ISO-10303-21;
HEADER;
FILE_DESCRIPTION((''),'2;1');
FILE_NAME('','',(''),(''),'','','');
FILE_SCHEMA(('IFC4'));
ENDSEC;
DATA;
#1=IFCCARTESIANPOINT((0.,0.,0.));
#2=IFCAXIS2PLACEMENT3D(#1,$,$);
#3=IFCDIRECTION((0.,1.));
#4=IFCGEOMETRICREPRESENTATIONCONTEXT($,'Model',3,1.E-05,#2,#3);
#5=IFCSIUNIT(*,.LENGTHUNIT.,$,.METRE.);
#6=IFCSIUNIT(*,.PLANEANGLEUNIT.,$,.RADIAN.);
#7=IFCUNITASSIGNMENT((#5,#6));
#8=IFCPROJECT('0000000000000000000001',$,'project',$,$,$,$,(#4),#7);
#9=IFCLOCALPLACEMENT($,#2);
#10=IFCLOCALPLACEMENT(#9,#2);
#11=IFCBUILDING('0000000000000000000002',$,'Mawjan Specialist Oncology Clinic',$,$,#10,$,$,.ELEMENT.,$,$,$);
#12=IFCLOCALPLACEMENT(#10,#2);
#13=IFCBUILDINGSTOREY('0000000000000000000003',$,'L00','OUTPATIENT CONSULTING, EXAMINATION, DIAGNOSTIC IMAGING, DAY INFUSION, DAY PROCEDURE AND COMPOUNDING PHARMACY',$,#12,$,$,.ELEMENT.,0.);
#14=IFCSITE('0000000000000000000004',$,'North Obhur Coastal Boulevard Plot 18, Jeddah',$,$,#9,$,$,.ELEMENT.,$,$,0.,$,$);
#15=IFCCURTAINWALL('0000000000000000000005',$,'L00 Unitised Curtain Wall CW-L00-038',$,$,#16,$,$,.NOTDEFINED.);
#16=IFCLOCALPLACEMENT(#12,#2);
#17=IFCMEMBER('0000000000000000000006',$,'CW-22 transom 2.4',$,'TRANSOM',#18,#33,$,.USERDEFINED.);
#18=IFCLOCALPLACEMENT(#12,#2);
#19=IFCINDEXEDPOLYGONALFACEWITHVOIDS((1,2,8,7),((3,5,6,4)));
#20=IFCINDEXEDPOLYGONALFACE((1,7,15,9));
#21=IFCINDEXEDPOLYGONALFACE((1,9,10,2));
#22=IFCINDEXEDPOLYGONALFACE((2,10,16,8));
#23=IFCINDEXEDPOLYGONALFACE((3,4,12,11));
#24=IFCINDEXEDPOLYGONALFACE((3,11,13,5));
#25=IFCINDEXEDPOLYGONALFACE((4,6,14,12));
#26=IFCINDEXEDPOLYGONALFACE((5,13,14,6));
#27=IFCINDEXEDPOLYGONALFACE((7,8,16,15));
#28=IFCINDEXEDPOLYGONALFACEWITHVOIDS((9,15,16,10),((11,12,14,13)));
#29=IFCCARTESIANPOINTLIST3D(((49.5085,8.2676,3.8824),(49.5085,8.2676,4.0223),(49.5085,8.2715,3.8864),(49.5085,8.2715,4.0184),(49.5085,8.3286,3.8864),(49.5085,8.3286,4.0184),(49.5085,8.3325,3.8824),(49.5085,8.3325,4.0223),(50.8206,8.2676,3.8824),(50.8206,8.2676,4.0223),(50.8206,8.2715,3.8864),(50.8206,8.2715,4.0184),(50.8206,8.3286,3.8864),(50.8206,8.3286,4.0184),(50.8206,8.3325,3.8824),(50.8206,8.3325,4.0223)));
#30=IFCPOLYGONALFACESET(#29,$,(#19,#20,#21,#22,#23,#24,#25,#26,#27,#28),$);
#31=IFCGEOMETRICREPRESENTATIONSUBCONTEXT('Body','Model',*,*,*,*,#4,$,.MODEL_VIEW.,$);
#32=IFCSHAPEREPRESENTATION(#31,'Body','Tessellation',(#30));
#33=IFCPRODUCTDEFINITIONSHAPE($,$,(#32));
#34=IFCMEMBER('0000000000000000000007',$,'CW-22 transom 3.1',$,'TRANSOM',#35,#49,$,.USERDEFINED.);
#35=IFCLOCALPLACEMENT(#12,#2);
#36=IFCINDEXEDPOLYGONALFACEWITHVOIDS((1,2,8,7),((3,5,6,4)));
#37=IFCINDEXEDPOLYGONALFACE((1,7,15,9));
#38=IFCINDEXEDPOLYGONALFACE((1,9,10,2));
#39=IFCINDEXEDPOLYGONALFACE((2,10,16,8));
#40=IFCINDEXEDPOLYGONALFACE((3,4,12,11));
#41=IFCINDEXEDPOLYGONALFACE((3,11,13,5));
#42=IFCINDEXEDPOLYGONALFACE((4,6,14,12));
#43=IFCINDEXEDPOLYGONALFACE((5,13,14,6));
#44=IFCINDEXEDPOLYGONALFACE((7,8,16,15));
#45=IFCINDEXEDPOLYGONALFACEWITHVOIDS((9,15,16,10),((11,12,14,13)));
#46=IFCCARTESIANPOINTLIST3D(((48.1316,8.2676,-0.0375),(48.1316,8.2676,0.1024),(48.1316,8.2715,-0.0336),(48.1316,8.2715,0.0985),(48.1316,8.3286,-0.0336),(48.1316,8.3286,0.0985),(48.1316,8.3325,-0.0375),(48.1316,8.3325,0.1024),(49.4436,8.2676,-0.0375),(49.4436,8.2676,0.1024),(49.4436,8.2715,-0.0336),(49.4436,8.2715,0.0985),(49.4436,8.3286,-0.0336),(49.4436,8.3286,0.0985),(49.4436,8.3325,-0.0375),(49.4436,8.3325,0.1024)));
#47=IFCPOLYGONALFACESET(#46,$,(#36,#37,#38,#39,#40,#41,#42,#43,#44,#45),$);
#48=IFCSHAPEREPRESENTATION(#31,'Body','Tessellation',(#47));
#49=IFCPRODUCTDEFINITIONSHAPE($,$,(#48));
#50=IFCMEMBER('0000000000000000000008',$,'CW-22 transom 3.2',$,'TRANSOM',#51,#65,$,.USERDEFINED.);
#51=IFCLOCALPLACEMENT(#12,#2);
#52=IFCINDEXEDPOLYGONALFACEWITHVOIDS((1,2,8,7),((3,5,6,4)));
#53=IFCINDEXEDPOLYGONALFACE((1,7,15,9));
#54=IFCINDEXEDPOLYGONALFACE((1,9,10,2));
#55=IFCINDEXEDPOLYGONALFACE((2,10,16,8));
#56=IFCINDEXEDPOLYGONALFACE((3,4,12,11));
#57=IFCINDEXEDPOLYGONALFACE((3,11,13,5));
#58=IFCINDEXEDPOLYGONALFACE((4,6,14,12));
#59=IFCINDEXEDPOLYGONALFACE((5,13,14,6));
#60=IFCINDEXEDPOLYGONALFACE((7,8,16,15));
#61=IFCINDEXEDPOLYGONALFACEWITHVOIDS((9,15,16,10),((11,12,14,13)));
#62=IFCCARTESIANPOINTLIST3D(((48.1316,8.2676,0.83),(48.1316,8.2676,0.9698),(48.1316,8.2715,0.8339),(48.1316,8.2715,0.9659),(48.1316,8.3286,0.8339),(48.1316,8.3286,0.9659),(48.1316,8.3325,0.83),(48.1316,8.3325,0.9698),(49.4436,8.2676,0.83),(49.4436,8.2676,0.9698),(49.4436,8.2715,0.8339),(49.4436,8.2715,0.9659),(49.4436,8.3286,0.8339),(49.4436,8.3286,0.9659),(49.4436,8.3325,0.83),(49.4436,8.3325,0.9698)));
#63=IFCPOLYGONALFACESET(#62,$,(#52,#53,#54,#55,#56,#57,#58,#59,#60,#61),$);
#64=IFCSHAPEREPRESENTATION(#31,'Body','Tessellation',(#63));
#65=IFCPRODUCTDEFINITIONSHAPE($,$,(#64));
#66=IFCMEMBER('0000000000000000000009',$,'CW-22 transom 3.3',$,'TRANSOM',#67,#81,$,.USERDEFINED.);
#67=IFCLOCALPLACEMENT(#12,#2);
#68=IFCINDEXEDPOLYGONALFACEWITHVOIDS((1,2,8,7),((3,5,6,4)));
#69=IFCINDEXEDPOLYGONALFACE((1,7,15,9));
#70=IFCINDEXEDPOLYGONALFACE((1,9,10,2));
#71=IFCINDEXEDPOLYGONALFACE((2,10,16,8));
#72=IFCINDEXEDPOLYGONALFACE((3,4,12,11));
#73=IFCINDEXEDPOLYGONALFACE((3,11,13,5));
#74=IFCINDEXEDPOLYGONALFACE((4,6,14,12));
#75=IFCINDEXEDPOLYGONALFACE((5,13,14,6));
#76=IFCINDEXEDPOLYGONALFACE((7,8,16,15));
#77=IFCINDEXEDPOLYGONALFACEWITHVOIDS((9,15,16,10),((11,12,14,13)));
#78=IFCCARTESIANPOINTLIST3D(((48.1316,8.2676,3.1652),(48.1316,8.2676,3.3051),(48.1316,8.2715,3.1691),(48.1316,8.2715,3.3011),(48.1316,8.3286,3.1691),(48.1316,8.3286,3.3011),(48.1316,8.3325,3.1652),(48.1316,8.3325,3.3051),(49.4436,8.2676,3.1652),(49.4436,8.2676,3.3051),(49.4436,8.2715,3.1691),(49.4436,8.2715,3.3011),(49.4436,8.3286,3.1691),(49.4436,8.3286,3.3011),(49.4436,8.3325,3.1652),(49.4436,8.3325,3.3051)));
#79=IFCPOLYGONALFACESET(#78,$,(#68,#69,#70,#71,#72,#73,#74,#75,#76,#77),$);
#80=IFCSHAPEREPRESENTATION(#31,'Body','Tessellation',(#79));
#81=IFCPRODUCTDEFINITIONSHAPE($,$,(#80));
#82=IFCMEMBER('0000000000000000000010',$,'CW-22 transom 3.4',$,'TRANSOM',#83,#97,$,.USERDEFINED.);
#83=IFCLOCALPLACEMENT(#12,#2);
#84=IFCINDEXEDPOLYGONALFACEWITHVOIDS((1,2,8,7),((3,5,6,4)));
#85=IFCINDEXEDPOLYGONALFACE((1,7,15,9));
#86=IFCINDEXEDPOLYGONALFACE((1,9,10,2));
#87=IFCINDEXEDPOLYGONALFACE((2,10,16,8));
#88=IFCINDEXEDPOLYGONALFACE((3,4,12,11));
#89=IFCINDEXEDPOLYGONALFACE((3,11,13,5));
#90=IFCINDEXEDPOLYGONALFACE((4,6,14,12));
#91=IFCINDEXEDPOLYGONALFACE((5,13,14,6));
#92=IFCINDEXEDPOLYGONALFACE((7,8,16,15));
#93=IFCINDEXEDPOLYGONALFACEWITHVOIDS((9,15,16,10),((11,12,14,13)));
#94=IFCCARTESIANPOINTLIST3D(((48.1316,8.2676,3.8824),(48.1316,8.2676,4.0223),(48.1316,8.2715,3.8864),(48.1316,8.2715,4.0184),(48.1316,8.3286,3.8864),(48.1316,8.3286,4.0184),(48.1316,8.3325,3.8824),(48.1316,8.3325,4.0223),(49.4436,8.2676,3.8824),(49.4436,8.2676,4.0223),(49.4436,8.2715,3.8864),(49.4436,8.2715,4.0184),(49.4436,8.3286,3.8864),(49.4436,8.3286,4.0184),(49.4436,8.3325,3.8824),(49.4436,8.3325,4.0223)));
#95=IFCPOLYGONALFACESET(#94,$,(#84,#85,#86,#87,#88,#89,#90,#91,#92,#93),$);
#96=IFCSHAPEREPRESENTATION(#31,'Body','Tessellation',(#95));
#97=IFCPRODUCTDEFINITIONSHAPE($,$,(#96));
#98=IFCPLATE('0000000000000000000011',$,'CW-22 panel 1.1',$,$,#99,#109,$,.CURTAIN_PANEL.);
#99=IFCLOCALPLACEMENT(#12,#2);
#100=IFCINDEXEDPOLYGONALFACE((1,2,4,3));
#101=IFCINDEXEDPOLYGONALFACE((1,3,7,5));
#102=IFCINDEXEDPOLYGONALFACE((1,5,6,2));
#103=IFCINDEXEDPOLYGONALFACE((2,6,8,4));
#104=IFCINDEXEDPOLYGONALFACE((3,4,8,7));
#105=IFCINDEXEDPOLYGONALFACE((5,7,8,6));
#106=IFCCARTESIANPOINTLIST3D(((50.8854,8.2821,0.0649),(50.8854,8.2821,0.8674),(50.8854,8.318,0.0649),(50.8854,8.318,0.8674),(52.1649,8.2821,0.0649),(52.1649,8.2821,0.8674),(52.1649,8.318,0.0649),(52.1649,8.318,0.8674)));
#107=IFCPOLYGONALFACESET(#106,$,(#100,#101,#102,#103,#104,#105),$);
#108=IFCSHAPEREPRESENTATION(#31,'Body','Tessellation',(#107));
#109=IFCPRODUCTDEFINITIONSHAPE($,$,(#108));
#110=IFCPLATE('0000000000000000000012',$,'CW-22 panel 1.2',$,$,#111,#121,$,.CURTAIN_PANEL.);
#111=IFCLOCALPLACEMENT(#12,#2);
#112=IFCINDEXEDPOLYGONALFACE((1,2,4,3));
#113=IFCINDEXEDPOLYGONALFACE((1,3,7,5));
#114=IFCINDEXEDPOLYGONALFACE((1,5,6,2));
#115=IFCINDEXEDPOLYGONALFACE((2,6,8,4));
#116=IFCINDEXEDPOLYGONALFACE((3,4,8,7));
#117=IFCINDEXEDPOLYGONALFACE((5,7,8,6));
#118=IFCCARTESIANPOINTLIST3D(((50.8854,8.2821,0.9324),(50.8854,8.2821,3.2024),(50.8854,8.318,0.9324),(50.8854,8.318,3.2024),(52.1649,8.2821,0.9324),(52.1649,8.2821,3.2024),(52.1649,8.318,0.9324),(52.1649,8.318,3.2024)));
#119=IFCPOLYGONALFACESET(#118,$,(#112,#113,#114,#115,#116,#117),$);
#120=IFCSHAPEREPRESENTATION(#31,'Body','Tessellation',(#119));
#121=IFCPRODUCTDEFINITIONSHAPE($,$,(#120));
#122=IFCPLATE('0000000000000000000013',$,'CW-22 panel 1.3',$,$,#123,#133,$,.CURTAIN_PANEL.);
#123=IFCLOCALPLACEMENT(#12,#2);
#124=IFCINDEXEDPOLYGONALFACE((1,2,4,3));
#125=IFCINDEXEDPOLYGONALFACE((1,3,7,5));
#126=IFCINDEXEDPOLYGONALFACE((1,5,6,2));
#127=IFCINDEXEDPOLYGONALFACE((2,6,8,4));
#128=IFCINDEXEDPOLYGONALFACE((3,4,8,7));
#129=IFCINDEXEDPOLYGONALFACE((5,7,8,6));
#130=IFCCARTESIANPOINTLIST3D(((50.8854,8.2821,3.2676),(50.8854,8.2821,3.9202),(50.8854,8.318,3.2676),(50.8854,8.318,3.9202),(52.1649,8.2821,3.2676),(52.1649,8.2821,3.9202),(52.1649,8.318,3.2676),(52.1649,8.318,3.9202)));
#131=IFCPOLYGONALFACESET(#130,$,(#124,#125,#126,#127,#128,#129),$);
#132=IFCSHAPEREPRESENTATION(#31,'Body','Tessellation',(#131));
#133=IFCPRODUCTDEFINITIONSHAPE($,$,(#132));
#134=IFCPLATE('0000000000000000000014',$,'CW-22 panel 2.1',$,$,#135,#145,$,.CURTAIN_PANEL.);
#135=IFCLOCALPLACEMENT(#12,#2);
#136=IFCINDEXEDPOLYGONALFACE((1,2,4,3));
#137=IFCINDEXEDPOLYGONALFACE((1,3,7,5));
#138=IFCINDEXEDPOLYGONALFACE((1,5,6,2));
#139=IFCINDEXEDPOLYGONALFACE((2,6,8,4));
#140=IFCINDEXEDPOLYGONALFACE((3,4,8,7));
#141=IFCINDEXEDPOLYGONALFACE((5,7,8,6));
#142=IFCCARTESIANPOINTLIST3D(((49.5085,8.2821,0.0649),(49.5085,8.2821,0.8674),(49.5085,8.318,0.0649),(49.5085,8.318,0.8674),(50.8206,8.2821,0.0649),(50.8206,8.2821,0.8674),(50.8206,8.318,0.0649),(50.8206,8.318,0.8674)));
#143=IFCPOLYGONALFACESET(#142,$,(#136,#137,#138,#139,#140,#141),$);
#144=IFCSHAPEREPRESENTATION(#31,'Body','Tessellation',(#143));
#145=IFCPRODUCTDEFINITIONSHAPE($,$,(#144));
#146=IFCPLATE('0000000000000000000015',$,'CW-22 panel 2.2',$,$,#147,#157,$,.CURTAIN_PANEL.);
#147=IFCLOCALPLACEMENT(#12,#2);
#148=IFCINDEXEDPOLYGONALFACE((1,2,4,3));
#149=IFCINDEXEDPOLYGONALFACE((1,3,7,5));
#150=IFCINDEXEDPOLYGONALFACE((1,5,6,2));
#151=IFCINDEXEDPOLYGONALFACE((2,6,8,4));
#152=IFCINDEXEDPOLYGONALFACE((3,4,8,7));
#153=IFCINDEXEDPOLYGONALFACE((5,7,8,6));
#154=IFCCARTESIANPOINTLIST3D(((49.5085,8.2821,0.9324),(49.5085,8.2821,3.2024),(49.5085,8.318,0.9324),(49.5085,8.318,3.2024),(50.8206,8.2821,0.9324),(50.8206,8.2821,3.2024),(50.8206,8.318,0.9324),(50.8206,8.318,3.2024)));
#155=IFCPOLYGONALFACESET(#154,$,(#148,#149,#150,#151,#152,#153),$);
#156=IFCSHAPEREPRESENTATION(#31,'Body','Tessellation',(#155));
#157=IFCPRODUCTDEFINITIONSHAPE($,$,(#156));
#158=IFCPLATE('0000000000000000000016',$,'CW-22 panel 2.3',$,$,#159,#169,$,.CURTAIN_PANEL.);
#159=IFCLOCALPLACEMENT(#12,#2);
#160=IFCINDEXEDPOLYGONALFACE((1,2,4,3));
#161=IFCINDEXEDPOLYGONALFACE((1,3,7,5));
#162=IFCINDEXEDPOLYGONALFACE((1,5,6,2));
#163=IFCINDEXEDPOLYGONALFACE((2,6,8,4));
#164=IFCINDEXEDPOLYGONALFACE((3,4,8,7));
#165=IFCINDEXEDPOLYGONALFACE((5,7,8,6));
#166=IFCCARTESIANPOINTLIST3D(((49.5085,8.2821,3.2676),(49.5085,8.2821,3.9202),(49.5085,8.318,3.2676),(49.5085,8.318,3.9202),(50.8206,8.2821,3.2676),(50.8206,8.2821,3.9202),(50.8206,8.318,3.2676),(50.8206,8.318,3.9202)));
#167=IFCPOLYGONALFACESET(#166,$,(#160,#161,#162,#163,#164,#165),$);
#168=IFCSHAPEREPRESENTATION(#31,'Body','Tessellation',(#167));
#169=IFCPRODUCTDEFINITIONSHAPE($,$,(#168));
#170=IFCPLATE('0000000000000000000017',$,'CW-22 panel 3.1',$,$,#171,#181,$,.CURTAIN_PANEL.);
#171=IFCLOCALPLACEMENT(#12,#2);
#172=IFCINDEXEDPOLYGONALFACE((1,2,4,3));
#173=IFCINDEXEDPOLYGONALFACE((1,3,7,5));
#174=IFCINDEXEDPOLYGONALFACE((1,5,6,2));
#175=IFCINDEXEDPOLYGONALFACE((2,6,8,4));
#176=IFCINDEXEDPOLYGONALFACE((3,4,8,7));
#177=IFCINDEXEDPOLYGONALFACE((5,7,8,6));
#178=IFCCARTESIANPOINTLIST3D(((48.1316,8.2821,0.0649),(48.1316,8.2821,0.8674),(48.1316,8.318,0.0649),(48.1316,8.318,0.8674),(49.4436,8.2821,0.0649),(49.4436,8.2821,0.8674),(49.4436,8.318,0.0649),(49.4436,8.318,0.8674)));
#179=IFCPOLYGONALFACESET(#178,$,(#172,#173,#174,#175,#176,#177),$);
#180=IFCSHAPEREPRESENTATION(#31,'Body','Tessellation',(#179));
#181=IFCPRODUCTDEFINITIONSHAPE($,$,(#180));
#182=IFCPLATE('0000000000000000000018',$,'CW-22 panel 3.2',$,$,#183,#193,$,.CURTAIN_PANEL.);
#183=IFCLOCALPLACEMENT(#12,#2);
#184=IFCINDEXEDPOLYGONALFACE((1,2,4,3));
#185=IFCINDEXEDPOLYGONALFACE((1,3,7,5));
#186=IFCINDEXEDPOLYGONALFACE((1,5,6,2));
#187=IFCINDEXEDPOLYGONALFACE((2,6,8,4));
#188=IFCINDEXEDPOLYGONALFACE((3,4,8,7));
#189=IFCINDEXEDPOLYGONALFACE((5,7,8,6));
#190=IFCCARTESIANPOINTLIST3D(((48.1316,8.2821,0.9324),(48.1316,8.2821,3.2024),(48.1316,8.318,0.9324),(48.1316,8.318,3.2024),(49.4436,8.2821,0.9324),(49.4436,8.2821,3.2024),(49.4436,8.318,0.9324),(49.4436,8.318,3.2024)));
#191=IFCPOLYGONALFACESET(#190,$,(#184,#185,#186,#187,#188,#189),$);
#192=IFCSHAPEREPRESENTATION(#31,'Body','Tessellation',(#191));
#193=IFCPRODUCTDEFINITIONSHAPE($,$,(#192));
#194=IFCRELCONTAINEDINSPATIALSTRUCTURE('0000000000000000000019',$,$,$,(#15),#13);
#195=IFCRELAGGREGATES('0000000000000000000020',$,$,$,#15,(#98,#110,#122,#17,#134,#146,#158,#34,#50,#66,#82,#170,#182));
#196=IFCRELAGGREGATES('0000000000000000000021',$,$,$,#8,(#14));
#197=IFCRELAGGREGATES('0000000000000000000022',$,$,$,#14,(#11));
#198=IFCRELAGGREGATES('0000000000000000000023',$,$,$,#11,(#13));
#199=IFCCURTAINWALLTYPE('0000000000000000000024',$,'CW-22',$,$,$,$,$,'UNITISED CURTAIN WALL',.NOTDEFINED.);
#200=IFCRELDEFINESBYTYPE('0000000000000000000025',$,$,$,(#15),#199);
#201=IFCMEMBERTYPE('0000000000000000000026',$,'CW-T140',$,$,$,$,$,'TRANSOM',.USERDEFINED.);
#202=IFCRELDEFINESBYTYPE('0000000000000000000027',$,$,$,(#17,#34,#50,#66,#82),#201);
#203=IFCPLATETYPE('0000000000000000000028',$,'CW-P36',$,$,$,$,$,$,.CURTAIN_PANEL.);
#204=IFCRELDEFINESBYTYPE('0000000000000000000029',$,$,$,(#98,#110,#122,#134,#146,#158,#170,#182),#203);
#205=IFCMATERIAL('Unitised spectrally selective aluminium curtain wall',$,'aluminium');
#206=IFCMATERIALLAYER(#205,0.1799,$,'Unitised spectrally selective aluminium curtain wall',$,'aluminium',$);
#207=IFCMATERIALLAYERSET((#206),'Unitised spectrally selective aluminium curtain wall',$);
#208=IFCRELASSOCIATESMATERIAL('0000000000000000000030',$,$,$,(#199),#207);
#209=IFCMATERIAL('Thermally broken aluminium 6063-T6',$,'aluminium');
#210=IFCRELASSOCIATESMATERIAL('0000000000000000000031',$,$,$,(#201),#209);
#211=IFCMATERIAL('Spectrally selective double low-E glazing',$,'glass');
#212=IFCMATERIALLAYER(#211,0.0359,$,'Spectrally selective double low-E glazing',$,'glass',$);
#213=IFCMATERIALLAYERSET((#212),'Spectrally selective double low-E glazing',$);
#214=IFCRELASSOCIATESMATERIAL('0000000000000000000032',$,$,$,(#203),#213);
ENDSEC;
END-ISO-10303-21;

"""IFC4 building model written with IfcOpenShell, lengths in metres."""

from ifc_helpers import new_model, si_unit, direction, frame, origin, origin_2d, place, context, subcontext, project, spatial, rectangle, hollow_rectangle, extrude, material, layer, layer_set, material_profile, profile_set, type_object, element, aggregate, save


model = new_model("IFC4")

# Units and contexts
model_context = context("Model", 3, precision=1e-05, world=origin(), true_north=direction((0.0, 1.0)))
body_context = subcontext(model_context, "Body", "Model", "MODEL_VIEW")
ifc_project = project(units=[si_unit("LENGTHUNIT", "METRE"), si_unit("PLANEANGLEUNIT", "RADIAN")], contexts=[model_context])

# Site, building, storey
site_placement = place(None, origin())
site = spatial("IfcSite", under=ifc_project, at=site_placement, Name="North Obhur Coastal Boulevard Plot 18, Jeddah", CompositionType="ELEMENT", RefElevation=0.0)
building_placement = place(site_placement, origin())
building = spatial("IfcBuilding", under=site, at=building_placement, Name="Mawjan Specialist Oncology Clinic", CompositionType="ELEMENT")
storey_placement = place(building_placement, origin())
storey = spatial("IfcBuildingStorey", under=building, at=storey_placement, Name="L00", Description="OUTPATIENT CONSULTING, EXAMINATION, DIAGNOSTIC IMAGING, DAY INFUSION, DAY PROCEDURE AND COMPOUNDING PHARMACY", CompositionType="ELEMENT", Elevation=0.0)

# Curtain wall, members, plates
ifc_material_1 = material(Name="Unitised spectrally selective aluminium curtain wall", Category="aluminium")
ifc_layer_1 = layer(ifc_material_1, 0.1799, Name="Unitised spectrally selective aluminium curtain wall", Category="aluminium")
ifc_layer_set_1 = layer_set([ifc_layer_1], Name="Unitised spectrally selective aluminium curtain wall")
curtain_wall_type = type_object("IfcCurtainWallType", Name="CW-22", ElementType="UNITISED CURTAIN WALL", PredefinedType="NOTDEFINED", material=ifc_layer_set_1)
curtain_wall_placement = place(storey_placement, origin())
curtain_wall = element("IfcCurtainWall", 1, at=curtain_wall_placement, inside=storey, type_object=curtain_wall_type, Name="L00 Unitised Curtain Wall CW-L00-038", PredefinedType="NOTDEFINED")
ifc_material_2 = material(Name="Thermally broken aluminium 6063-T6", Category="aluminium")
ifc_material_profile_1 = material_profile(ifc_material_2, hollow_rectangle(XDim=0.0649, YDim=0.1399, WallThickness=0.0039, at=origin_2d()), Name="ALU TRANSOM 140x65x4", Category="aluminium")
ifc_profile_set_1 = profile_set([ifc_material_profile_1], Name="Thermally broken aluminium 6063-T6")
member_type_1 = type_object("IfcMemberType", Name="CW-T140", ElementType="TRANSOM", PredefinedType="USERDEFINED", material=ifc_profile_set_1)
member_1_placement = place(storey_placement, frame((50.8206, 8.3, 3.9524), z_axis=(-1.0, 0.0, 0.0), x_axis=(0.0, -1.0, 0.0)))
member_1 = element("IfcMember", 2, at=member_1_placement, type_object=member_type_1, Name="CW-22 transom 2.4", ObjectType="TRANSOM", PredefinedType="USERDEFINED", context=body_context, shape_type="SweptSolid", body=[
    extrude(hollow_rectangle(XDim=0.0649, YDim=0.1399, WallThickness=0.0039, at=origin_2d()), origin(), (0.0, 0.0, 1.0), 1.312),
])
member_2_placement = place(storey_placement, frame((49.4436, 8.3, 0.0325), z_axis=(-1.0, 0.0, 0.0), x_axis=(0.0, -1.0, 0.0)))
member_2 = element("IfcMember", 3, at=member_2_placement, type_object=member_type_1, Name="CW-22 transom 3.1", ObjectType="TRANSOM", PredefinedType="USERDEFINED", context=body_context, shape_type="SweptSolid", body=[
    extrude(hollow_rectangle(XDim=0.0649, YDim=0.1399, WallThickness=0.0039, at=origin_2d()), origin(), (0.0, 0.0, 1.0), 1.312),
])
member_3_placement = place(storey_placement, frame((49.4436, 8.3, 0.8999), z_axis=(-1.0, 0.0, 0.0), x_axis=(0.0, -1.0, 0.0)))
member_3 = element("IfcMember", 4, at=member_3_placement, type_object=member_type_1, Name="CW-22 transom 3.2", ObjectType="TRANSOM", PredefinedType="USERDEFINED", context=body_context, shape_type="SweptSolid", body=[
    extrude(hollow_rectangle(XDim=0.0649, YDim=0.1399, WallThickness=0.0039, at=origin_2d()), origin(), (0.0, 0.0, 1.0), 1.312),
])
member_4_placement = place(storey_placement, frame((49.4436, 8.3, 3.2351), z_axis=(-1.0, 0.0, 0.0), x_axis=(0.0, -1.0, 0.0)))
member_4 = element("IfcMember", 5, at=member_4_placement, type_object=member_type_1, Name="CW-22 transom 3.3", ObjectType="TRANSOM", PredefinedType="USERDEFINED", context=body_context, shape_type="SweptSolid", body=[
    extrude(hollow_rectangle(XDim=0.0649, YDim=0.1399, WallThickness=0.0039, at=origin_2d()), origin(), (0.0, 0.0, 1.0), 1.312),
])
member_5_placement = place(storey_placement, frame((49.4436, 8.3, 3.9524), z_axis=(-1.0, 0.0, 0.0), x_axis=(0.0, -1.0, 0.0)))
member_5 = element("IfcMember", 6, at=member_5_placement, type_object=member_type_1, Name="CW-22 transom 3.4", ObjectType="TRANSOM", PredefinedType="USERDEFINED", context=body_context, shape_type="SweptSolid", body=[
    extrude(hollow_rectangle(XDim=0.0649, YDim=0.1399, WallThickness=0.0039, at=origin_2d()), origin(), (0.0, 0.0, 1.0), 1.312),
])
ifc_material_3 = material(Name="Spectrally selective double low-E glazing", Category="glass")
ifc_layer_2 = layer(ifc_material_3, 0.0359, Name="Spectrally selective double low-E glazing", Category="glass")
ifc_layer_set_2 = layer_set([ifc_layer_2], Name="Spectrally selective double low-E glazing")
plate_type = type_object("IfcPlateType", Name="CW-P36", PredefinedType="CURTAIN_PANEL", material=ifc_layer_set_2)
plate_1_placement = place(storey_placement, frame((51.5251, 8.3, 0.0649), z_axis=(0.0, 0.0, 1.0), x_axis=(-1.0, 0.0, 0.0)))
plate_1 = element("IfcPlate", 7, at=plate_1_placement, type_object=plate_type, Name="CW-22 panel 1.1", PredefinedType="CURTAIN_PANEL", context=body_context, shape_type="SweptSolid", body=[
    extrude(rectangle(XDim=1.2795, YDim=0.0359, at=origin_2d()), origin(), (0.0, 0.0, 1.0), 0.8025),
])
plate_2_placement = place(storey_placement, frame((51.5251, 8.3, 0.9324), z_axis=(0.0, 0.0, 1.0), x_axis=(-1.0, 0.0, 0.0)))
plate_2 = element("IfcPlate", 8, at=plate_2_placement, type_object=plate_type, Name="CW-22 panel 1.2", PredefinedType="CURTAIN_PANEL", context=body_context, shape_type="SweptSolid", body=[
    extrude(rectangle(XDim=1.2795, YDim=0.0359, at=origin_2d()), origin(), (0.0, 0.0, 1.0), 2.27),
])
plate_3_placement = place(storey_placement, frame((51.5251, 8.3, 3.2676), z_axis=(0.0, 0.0, 1.0), x_axis=(-1.0, 0.0, 0.0)))
plate_3 = element("IfcPlate", 9, at=plate_3_placement, type_object=plate_type, Name="CW-22 panel 1.3", PredefinedType="CURTAIN_PANEL", context=body_context, shape_type="SweptSolid", body=[
    extrude(rectangle(XDim=1.2795, YDim=0.0359, at=origin_2d()), origin(), (0.0, 0.0, 1.0), 0.6526),
])
plate_4_placement = place(storey_placement, frame((50.1646, 8.3, 0.0649), z_axis=(0.0, 0.0, 1.0), x_axis=(-1.0, 0.0, 0.0)))
plate_4 = element("IfcPlate", 10, at=plate_4_placement, type_object=plate_type, Name="CW-22 panel 2.1", PredefinedType="CURTAIN_PANEL", context=body_context, shape_type="SweptSolid", body=[
    extrude(rectangle(XDim=1.312, YDim=0.0359, at=origin_2d()), origin(), (0.0, 0.0, 1.0), 0.8025),
])
plate_5_placement = place(storey_placement, frame((50.1646, 8.3, 0.9324), z_axis=(0.0, 0.0, 1.0), x_axis=(-1.0, 0.0, 0.0)))
plate_5 = element("IfcPlate", 11, at=plate_5_placement, type_object=plate_type, Name="CW-22 panel 2.2", PredefinedType="CURTAIN_PANEL", context=body_context, shape_type="SweptSolid", body=[
    extrude(rectangle(XDim=1.312, YDim=0.0359, at=origin_2d()), origin(), (0.0, 0.0, 1.0), 2.27),
])
plate_6_placement = place(storey_placement, frame((50.1646, 8.3, 3.2676), z_axis=(0.0, 0.0, 1.0), x_axis=(-1.0, 0.0, 0.0)))
plate_6 = element("IfcPlate", 12, at=plate_6_placement, type_object=plate_type, Name="CW-22 panel 2.3", PredefinedType="CURTAIN_PANEL", context=body_context, shape_type="SweptSolid", body=[
    extrude(rectangle(XDim=1.312, YDim=0.0359, at=origin_2d()), origin(), (0.0, 0.0, 1.0), 0.6526),
])
plate_7_placement = place(storey_placement, frame((48.7876, 8.3, 0.0649), z_axis=(0.0, 0.0, 1.0), x_axis=(-1.0, 0.0, 0.0)))
plate_7 = element("IfcPlate", 13, at=plate_7_placement, type_object=plate_type, Name="CW-22 panel 3.1", PredefinedType="CURTAIN_PANEL", context=body_context, shape_type="SweptSolid", body=[
    extrude(rectangle(XDim=1.312, YDim=0.0359, at=origin_2d()), origin(), (0.0, 0.0, 1.0), 0.8025),
])
plate_8_placement = place(storey_placement, frame((48.7876, 8.3, 0.9324), z_axis=(0.0, 0.0, 1.0), x_axis=(-1.0, 0.0, 0.0)))
plate_8 = element("IfcPlate", 14, at=plate_8_placement, type_object=plate_type, Name="CW-22 panel 3.2", PredefinedType="CURTAIN_PANEL", context=body_context, shape_type="SweptSolid", body=[
    extrude(rectangle(XDim=1.312, YDim=0.0359, at=origin_2d()), origin(), (0.0, 0.0, 1.0), 2.27),
])
aggregate(curtain_wall, [plate_1, plate_2, plate_3, member_1, plate_4, plate_5, plate_6, member_2, member_3, member_4, member_5, plate_7, plate_8])

save(model, "model.ifc")
